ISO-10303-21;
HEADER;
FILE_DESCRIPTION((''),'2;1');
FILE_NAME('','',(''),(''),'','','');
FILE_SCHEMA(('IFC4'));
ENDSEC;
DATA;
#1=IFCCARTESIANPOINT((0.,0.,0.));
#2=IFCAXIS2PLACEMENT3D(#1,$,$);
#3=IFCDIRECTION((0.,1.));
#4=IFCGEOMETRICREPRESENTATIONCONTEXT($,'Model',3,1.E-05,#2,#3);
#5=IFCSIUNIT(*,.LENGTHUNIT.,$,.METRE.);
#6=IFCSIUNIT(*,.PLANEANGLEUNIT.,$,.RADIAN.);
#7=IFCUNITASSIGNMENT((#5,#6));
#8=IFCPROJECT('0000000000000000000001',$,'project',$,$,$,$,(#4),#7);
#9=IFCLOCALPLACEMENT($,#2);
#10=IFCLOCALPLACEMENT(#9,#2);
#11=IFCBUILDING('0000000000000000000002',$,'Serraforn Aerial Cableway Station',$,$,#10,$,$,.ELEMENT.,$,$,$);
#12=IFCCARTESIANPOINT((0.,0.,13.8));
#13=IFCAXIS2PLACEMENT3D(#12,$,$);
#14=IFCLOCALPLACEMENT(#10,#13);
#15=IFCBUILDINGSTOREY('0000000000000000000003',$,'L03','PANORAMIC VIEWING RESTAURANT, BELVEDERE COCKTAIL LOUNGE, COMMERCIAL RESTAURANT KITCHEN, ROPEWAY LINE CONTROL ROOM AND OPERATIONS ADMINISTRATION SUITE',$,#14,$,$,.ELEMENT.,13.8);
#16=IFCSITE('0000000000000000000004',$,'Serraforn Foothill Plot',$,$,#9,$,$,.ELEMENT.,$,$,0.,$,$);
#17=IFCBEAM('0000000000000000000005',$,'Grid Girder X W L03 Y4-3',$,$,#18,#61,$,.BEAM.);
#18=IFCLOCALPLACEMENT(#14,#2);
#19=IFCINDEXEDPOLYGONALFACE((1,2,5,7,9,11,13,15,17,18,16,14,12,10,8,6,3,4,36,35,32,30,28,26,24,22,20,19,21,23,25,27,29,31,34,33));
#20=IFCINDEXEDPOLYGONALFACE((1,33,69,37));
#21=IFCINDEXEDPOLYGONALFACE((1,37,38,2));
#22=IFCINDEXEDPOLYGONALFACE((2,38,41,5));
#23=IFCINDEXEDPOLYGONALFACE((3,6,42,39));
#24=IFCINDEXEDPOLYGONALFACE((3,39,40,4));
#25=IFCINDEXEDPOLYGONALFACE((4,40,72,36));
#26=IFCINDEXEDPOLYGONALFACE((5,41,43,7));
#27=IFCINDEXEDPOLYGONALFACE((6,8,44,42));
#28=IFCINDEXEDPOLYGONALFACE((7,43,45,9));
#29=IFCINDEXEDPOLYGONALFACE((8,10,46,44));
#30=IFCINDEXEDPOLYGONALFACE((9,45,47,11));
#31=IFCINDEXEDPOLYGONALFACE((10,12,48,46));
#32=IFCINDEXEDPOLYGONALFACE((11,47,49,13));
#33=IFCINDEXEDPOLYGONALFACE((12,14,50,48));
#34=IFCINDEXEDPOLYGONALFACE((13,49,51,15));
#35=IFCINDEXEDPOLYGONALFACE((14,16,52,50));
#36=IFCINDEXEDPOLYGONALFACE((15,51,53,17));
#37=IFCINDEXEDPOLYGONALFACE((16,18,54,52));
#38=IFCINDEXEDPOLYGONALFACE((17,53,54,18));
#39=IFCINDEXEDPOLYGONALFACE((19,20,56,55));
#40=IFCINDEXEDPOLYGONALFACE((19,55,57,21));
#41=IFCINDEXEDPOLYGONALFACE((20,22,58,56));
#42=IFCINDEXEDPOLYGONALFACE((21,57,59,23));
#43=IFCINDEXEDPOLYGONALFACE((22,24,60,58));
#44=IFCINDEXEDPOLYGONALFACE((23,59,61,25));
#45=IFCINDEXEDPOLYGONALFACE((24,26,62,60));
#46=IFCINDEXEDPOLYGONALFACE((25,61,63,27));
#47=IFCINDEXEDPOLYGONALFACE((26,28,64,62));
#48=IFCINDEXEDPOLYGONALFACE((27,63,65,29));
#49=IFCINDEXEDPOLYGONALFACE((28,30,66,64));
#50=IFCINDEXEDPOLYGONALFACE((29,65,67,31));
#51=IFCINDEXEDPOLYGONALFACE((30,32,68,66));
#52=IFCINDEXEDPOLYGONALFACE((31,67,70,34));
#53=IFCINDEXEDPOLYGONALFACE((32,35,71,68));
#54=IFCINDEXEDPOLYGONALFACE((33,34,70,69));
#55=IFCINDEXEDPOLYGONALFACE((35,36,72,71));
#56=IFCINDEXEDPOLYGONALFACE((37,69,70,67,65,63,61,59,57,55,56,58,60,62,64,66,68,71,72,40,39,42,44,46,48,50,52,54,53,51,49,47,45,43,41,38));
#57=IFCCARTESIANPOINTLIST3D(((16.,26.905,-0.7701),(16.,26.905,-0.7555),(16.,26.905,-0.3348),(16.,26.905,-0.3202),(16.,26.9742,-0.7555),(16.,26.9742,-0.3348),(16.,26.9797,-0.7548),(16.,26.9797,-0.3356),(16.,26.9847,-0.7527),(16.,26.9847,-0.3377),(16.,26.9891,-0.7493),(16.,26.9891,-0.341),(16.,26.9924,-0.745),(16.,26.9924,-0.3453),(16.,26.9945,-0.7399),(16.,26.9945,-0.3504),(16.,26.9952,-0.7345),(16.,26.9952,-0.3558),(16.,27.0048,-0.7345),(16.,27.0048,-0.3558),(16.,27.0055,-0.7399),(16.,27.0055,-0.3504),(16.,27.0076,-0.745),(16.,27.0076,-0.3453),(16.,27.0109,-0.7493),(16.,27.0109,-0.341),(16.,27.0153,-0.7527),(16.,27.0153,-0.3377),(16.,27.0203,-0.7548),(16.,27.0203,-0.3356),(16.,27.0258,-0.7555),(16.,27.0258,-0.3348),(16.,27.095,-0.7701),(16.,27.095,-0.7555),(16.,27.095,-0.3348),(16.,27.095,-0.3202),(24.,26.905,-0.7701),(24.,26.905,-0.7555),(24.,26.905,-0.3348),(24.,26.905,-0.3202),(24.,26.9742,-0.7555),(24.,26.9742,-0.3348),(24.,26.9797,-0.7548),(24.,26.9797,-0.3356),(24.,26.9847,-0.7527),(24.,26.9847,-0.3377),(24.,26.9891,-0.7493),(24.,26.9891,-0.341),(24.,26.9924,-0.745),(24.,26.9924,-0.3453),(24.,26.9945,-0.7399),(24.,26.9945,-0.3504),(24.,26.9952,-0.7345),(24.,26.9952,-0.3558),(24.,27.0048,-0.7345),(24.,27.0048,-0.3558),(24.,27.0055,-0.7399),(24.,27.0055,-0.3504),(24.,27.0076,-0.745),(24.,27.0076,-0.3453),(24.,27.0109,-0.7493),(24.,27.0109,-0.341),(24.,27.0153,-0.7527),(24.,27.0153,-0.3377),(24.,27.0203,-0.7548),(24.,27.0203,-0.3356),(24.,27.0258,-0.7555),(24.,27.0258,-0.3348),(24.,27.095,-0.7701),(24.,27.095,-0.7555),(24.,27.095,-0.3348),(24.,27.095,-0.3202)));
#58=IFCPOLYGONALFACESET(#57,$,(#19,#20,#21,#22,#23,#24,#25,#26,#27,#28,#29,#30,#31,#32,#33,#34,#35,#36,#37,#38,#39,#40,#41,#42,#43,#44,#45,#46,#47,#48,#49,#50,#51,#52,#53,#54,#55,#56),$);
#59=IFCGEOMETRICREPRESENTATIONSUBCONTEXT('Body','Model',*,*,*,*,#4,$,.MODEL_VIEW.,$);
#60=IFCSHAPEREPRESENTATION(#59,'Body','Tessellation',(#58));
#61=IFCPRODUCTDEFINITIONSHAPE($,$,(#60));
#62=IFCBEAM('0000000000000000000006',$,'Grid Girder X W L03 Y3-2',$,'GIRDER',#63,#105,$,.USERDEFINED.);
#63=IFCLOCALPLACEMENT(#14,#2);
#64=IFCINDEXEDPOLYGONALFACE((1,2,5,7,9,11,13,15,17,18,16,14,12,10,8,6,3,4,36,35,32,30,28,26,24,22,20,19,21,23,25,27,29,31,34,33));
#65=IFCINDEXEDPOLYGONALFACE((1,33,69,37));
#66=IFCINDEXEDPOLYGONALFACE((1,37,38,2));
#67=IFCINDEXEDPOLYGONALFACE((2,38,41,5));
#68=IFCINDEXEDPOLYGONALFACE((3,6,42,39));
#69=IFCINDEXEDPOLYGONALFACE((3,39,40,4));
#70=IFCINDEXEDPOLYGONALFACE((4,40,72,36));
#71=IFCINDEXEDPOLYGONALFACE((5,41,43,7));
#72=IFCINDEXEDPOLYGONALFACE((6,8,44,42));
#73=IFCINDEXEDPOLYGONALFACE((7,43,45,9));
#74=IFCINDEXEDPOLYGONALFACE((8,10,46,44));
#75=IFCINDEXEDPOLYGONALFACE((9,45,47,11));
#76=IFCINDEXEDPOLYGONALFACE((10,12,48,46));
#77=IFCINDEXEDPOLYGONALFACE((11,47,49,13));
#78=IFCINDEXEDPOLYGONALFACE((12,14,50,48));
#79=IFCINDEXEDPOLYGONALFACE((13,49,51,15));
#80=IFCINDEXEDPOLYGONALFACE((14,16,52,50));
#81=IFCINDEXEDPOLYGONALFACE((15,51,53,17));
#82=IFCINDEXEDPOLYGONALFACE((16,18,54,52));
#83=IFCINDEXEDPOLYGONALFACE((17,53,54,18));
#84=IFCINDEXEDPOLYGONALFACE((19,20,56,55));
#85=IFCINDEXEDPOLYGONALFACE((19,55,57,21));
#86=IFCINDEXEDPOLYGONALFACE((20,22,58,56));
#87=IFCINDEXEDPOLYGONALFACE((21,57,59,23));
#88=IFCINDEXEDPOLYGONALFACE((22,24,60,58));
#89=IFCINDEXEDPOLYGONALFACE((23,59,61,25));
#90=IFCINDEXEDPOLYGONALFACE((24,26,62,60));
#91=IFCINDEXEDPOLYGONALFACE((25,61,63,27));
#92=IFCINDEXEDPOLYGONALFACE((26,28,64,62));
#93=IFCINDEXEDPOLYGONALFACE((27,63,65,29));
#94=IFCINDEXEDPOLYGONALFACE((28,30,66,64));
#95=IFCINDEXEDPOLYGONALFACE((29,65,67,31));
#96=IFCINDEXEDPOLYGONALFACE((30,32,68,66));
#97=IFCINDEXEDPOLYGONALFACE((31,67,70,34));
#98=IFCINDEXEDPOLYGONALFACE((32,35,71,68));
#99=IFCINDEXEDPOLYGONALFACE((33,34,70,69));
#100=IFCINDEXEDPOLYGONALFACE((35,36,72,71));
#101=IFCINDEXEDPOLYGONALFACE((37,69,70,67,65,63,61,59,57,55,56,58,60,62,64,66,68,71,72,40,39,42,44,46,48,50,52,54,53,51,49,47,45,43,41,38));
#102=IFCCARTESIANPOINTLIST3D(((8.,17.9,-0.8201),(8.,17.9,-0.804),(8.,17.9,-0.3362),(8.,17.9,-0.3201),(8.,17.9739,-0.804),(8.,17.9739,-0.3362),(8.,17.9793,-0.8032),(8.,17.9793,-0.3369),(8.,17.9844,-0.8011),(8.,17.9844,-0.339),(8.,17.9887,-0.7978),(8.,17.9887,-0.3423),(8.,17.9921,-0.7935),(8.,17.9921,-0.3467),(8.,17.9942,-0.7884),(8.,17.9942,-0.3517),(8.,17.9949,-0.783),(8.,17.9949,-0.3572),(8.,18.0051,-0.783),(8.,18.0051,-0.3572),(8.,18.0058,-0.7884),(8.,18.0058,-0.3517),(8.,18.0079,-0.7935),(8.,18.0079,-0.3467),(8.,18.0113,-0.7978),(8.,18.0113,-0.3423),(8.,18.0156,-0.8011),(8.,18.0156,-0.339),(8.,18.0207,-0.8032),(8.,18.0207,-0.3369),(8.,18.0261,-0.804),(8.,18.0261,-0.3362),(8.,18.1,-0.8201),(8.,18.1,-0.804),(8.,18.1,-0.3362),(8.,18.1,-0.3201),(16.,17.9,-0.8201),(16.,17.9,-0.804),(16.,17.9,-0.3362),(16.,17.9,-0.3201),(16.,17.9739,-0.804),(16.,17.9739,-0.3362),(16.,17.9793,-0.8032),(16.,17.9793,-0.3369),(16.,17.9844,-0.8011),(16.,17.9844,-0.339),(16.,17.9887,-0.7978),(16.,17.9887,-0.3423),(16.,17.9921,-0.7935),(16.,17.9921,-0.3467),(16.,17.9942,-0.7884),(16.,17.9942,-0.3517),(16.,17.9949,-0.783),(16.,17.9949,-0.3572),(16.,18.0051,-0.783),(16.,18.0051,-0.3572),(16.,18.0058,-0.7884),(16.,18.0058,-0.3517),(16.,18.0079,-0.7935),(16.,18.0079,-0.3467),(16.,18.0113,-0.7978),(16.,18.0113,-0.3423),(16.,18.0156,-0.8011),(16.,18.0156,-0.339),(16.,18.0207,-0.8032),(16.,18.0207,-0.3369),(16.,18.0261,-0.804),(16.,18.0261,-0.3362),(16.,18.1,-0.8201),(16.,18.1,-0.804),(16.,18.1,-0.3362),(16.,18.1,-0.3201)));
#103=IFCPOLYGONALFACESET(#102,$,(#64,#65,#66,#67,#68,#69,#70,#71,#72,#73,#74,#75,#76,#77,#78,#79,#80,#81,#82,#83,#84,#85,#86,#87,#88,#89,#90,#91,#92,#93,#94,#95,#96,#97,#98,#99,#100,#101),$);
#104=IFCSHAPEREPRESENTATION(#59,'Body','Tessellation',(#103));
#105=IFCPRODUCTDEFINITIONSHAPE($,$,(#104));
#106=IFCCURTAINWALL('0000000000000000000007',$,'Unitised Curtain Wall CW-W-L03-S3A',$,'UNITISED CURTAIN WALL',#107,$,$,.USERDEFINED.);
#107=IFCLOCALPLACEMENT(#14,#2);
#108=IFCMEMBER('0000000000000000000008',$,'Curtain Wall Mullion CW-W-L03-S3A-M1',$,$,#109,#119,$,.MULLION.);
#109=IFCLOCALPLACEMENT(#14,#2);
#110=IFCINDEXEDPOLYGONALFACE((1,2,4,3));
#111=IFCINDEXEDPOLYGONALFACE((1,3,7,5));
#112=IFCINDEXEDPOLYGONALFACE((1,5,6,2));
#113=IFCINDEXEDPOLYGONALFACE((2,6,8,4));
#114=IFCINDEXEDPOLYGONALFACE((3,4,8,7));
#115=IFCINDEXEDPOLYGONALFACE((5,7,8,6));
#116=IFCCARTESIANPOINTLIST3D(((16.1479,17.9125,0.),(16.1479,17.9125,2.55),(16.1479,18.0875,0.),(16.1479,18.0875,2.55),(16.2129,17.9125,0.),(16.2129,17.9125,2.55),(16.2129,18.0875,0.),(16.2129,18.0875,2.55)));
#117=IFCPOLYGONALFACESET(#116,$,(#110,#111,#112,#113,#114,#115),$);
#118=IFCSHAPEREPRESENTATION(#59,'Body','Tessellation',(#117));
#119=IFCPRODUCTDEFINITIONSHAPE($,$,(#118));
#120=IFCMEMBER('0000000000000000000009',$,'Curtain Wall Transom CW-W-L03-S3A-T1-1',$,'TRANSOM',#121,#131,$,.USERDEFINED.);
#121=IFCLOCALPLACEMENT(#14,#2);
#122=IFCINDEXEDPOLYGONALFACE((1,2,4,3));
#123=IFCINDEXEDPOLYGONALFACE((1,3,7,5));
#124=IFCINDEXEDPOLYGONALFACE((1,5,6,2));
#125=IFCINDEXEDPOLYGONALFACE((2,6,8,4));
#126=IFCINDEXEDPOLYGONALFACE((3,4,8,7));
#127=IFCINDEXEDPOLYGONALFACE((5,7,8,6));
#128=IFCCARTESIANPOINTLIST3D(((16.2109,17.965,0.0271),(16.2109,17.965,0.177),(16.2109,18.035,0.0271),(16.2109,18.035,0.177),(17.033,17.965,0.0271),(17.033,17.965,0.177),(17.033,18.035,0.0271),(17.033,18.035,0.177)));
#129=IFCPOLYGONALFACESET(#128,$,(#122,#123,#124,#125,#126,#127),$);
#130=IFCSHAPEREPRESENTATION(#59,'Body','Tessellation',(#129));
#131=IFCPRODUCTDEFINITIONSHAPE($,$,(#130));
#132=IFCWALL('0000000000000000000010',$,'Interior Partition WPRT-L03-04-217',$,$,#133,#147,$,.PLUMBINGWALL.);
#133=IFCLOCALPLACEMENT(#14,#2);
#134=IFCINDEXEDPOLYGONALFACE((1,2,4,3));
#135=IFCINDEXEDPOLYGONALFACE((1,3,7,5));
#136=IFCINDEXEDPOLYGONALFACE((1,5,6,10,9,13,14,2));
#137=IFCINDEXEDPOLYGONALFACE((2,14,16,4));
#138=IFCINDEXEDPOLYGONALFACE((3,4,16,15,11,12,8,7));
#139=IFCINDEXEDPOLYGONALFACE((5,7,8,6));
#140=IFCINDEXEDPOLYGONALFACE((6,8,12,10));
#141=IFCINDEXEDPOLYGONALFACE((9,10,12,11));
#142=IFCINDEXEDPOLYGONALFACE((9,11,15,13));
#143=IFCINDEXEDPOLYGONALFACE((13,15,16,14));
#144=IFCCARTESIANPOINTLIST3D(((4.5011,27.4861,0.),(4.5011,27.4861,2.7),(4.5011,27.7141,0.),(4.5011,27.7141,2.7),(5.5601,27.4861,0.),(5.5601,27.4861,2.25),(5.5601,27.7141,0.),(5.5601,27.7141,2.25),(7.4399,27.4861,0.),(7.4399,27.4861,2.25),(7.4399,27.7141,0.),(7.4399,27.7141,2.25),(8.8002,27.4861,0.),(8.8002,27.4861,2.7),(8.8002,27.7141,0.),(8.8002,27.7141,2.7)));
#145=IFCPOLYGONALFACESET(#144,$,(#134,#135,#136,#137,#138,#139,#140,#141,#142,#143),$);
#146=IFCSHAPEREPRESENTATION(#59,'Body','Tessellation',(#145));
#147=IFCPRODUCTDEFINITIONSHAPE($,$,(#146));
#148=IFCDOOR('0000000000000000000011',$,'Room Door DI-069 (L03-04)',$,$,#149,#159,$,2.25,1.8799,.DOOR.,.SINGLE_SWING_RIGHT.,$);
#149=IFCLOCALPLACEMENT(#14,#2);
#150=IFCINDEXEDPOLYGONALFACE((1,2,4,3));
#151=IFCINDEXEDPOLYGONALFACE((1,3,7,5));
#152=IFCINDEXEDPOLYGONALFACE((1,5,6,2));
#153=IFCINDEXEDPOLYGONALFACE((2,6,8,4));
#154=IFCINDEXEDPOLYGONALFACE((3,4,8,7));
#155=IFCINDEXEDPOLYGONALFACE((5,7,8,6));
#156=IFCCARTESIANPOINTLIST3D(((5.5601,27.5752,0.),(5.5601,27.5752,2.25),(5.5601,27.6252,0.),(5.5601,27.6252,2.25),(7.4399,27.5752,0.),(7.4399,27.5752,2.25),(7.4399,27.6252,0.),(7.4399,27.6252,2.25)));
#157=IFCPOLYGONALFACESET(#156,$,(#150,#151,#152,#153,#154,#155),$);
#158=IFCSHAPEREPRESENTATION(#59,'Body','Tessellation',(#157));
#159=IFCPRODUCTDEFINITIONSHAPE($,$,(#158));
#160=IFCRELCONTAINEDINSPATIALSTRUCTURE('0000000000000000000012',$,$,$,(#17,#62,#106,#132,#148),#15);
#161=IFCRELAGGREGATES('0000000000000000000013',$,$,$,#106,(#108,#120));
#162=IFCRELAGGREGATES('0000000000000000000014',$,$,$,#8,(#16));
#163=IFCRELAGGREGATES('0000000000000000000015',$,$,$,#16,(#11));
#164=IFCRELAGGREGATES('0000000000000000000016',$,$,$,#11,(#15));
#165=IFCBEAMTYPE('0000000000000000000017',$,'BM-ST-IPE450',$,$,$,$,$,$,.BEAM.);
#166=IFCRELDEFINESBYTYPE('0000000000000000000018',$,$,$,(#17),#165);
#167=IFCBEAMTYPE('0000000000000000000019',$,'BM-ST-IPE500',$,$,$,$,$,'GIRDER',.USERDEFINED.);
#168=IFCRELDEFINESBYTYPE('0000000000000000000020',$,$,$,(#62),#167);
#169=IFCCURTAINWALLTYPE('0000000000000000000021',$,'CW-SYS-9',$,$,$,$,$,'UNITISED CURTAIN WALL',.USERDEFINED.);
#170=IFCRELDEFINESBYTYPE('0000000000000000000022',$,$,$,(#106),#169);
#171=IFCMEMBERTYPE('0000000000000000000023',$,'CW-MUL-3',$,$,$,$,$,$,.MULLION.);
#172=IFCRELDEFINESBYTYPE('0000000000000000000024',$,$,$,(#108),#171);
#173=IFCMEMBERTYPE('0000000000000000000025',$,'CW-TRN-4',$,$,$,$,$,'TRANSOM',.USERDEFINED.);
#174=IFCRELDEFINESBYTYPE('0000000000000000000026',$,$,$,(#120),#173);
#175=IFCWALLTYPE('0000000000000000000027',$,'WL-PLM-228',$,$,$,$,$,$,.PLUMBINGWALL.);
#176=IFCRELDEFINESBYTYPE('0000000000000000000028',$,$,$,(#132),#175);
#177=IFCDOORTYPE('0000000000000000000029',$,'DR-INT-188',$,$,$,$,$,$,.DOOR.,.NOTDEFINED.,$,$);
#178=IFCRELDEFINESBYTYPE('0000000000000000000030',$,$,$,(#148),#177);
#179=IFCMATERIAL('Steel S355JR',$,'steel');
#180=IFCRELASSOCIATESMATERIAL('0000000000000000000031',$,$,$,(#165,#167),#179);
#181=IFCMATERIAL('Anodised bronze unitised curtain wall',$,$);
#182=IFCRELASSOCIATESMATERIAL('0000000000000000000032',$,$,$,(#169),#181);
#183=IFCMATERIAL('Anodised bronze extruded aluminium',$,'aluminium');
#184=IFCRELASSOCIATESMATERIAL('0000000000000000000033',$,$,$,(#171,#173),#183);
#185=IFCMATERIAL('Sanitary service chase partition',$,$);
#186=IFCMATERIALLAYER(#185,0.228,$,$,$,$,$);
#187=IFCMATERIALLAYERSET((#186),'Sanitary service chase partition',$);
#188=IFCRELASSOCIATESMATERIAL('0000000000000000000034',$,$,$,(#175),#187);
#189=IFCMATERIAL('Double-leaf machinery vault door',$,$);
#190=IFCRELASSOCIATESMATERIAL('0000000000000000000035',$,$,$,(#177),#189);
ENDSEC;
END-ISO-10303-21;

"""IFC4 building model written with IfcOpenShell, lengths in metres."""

from ifc_helpers import new_model, si_unit, direction, frame, frame_2d, origin, origin_2d, place, context, subcontext, project, spatial, rectangle, i_section, extrude, material, layer, layer_set, material_profile, profile_set, type_object, element, fill, aggregate, save


model = new_model("IFC4")

# Units and contexts
model_context = context("Model", 3, precision=1e-05, world=origin(), true_north=direction((0.0, 1.0)))
body_context = subcontext(model_context, "Body", "Model", "MODEL_VIEW")
ifc_project = project(units=[si_unit("LENGTHUNIT", "METRE"), si_unit("PLANEANGLEUNIT", "RADIAN")], contexts=[model_context])

# Site, building, storey
site_placement = place(None, origin())
site = spatial("IfcSite", under=ifc_project, at=site_placement, Name="Serraforn Foothill Plot", CompositionType="ELEMENT", RefElevation=0.0)
building_placement = place(site_placement, origin())
building = spatial("IfcBuilding", under=site, at=building_placement, Name="Serraforn Aerial Cableway Station", CompositionType="ELEMENT")
storey_placement = place(building_placement, frame((0.0, 0.0, 13.8)))
storey = spatial("IfcBuildingStorey", under=building, at=storey_placement, Name="L03", Description="PANORAMIC VIEWING RESTAURANT, BELVEDERE COCKTAIL LOUNGE, COMMERCIAL RESTAURANT KITCHEN, ROPEWAY LINE CONTROL ROOM AND OPERATIONS ADMINISTRATION SUITE", CompositionType="ELEMENT", Elevation=13.8)

# Shared definitions
ifc_material_1 = material(Name="Steel S355JR", Category="steel")

# Beams
ifc_material_profile_1 = material_profile(ifc_material_1, i_section(OverallWidth=0.1899, OverallDepth=0.45, WebThickness=0.0095, FlangeThickness=0.0146, FilletRadius=0.021, at=origin_2d()), Name="IPE 450")
ifc_profile_set_1 = profile_set([ifc_material_profile_1], Name="Steel S355JR")
beam_type_1 = type_object("IfcBeamType", Name="BM-ST-IPE450", PredefinedType="BEAM", material=ifc_profile_set_1)
beam_1_placement = place(storey_placement, frame((16.0, 27.0, -0.5452), z_axis=(1.0, 0.0, 0.0), x_axis=(0.0, 1.0, 0.0)))
element("IfcBeam", 1, at=beam_1_placement, inside=storey, type_object=beam_type_1, Name="Grid Girder X W L03 Y4-3", PredefinedType="BEAM", context=body_context, shape_type="SweptSolid", body=[
    extrude(i_section(OverallWidth=0.1899, OverallDepth=0.45, WebThickness=0.0095, FlangeThickness=0.0146, FilletRadius=0.021, at=origin_2d()), origin(), (0.0, 0.0, 1.0), 8.0),
])
ifc_material_profile_2 = material_profile(ifc_material_1, i_section(OverallWidth=0.2, OverallDepth=0.5, WebThickness=0.0103, FlangeThickness=0.0161, FilletRadius=0.021, at=origin_2d()), Name="IPE 500")
ifc_profile_set_2 = profile_set([ifc_material_profile_2], Name="Steel S355JR")
beam_type_2 = type_object("IfcBeamType", Name="BM-ST-IPE500", ElementType="GIRDER", PredefinedType="USERDEFINED", material=ifc_profile_set_2)
beam_2_placement = place(storey_placement, frame((8.0, 18.0, -0.5701), z_axis=(1.0, 0.0, 0.0), x_axis=(0.0, 1.0, 0.0)))
element("IfcBeam", 2, at=beam_2_placement, inside=storey, type_object=beam_type_2, Name="Grid Girder X W L03 Y3-2", ObjectType="GIRDER", PredefinedType="USERDEFINED", context=body_context, shape_type="SweptSolid", body=[
    extrude(i_section(OverallWidth=0.2, OverallDepth=0.5, WebThickness=0.0103, FlangeThickness=0.0161, FilletRadius=0.021, at=origin_2d()), origin(), (0.0, 0.0, 1.0), 8.0),
])

# Curtain wall, members
ifc_material_2 = material(Name="Anodised bronze unitised curtain wall")
curtain_wall_type = type_object("IfcCurtainWallType", Name="CW-SYS-9", ElementType="UNITISED CURTAIN WALL", PredefinedType="USERDEFINED", material=ifc_material_2)
curtain_wall_placement = place(storey_placement, origin())
curtain_wall = element("IfcCurtainWall", 3, at=curtain_wall_placement, inside=storey, type_object=curtain_wall_type, Name="Unitised Curtain Wall CW-W-L03-S3A", ObjectType="UNITISED CURTAIN WALL", PredefinedType="USERDEFINED")
ifc_material_3 = material(Name="Anodised bronze extruded aluminium", Category="aluminium")
ifc_material_profile_3 = material_profile(ifc_material_3, rectangle(XDim=0.0649, YDim=0.175, at=origin_2d()), Name="CW MULLION 65x175")
ifc_profile_set_3 = profile_set([ifc_material_profile_3], Name="Anodised bronze extruded aluminium")
member_type_1 = type_object("IfcMemberType", Name="CW-MUL-3", PredefinedType="MULLION", material=ifc_profile_set_3)
member_1_placement = place(storey_placement, frame((16.1804, 18.0, 0.0), z_axis=(0.0, 0.0, 1.0), x_axis=(1.0, 0.0, 0.0)))
member_1 = element("IfcMember", 4, at=member_1_placement, type_object=member_type_1, Name="Curtain Wall Mullion CW-W-L03-S3A-M1", PredefinedType="MULLION", context=body_context, shape_type="SweptSolid", body=[
    extrude(rectangle(XDim=0.0649, YDim=0.175, at=origin_2d()), origin(), (0.0, 0.0, 1.0), 2.55),
])
ifc_material_profile_4 = material_profile(ifc_material_3, rectangle(XDim=0.0701, YDim=0.1499, at=origin_2d()), Name="CW TRANSOM 70x150")
ifc_profile_set_4 = profile_set([ifc_material_profile_4], Name="Anodised bronze extruded aluminium")
member_type_2 = type_object("IfcMemberType", Name="CW-TRN-4", ElementType="TRANSOM", PredefinedType="USERDEFINED", material=ifc_profile_set_4)
member_2_placement = place(storey_placement, frame((16.2109, 18.0, 0.1021), z_axis=(1.0, 0.0, 0.0), x_axis=(0.0, 1.0, 0.0)))
member_2 = element("IfcMember", 5, at=member_2_placement, type_object=member_type_2, Name="Curtain Wall Transom CW-W-L03-S3A-T1-1", ObjectType="TRANSOM", PredefinedType="USERDEFINED", context=body_context, shape_type="SweptSolid", body=[
    extrude(rectangle(XDim=0.0701, YDim=0.1499, at=origin_2d()), origin(), (0.0, 0.0, 1.0), 0.822),
])
aggregate(curtain_wall, [member_1, member_2])

# Wall, opening, door
ifc_material_4 = material(Name="Sanitary service chase partition")
ifc_layer_1 = layer(ifc_material_4, 0.228)
ifc_layer_set_1 = layer_set([ifc_layer_1], Name="Sanitary service chase partition")
wall_type_1 = type_object("IfcWallType", Name="WL-PLM-228", PredefinedType="PLUMBINGWALL", material=ifc_layer_set_1)
wall_1_placement = place(storey_placement, frame((8.8, 27.6001, 0.0), z_axis=(0.0, 0.0, 1.0), x_axis=(-1.0, 0.0, 0.0)))
wall_1 = element("IfcWall", 6, at=wall_1_placement, inside=storey, type_object=wall_type_1, Name="Interior Partition WPRT-L03-04-217", PredefinedType="PLUMBINGWALL", context=body_context, shape_type="SweptSolid", body=[
    extrude(rectangle(XDim=4.2991, YDim=0.228, at=frame_2d((2.1494, 0.0))), origin(), (0.0, 0.0, 1.0), 2.7),
])
opening_1_placement = place(wall_1_placement, frame((1.3601, 0.0, 0.0)))
opening_1 = element("IfcOpeningElement", 7, at=opening_1_placement, cuts=wall_1, PredefinedType="OPENING", context=body_context, shape_type="SweptSolid", body=[
    extrude(rectangle(XDim=1.8799, YDim=2.25, at=frame_2d((0.9399, 1.125))), frame((0.0, 0.124, 0.0), z_axis=(0.0, -1.0, 0.0), x_axis=(1.0, 0.0, 0.0)), (0.0, 0.0, 1.0), 0.248),
])
ifc_material_5 = material(Name="Double-leaf machinery vault door")
door_type_1 = type_object("IfcDoorType", Name="DR-INT-188", OperationType="NOTDEFINED", PredefinedType="DOOR", material=ifc_material_5)
door_1_placement = place(opening_1_placement, origin())
door_1 = element("IfcDoor", 8, at=door_1_placement, inside=storey, type_object=door_type_1, Name="Room Door DI-069 (L03-04)", OperationType="SINGLE_SWING_RIGHT", OverallHeight=2.25, OverallWidth=1.8799, PredefinedType="DOOR", context=body_context, shape_type="SweptSolid", body=[
    extrude(rectangle(XDim=1.8799, YDim=2.25, at=frame_2d((0.9399, 1.125))), frame((0.0, 0.0249, 0.0), z_axis=(0.0, -1.0, 0.0), x_axis=(1.0, 0.0, 0.0)), (0.0, 0.0, 1.0), 0.05),
])
fill(opening_1, door_1)

save(model, "model.ifc")
